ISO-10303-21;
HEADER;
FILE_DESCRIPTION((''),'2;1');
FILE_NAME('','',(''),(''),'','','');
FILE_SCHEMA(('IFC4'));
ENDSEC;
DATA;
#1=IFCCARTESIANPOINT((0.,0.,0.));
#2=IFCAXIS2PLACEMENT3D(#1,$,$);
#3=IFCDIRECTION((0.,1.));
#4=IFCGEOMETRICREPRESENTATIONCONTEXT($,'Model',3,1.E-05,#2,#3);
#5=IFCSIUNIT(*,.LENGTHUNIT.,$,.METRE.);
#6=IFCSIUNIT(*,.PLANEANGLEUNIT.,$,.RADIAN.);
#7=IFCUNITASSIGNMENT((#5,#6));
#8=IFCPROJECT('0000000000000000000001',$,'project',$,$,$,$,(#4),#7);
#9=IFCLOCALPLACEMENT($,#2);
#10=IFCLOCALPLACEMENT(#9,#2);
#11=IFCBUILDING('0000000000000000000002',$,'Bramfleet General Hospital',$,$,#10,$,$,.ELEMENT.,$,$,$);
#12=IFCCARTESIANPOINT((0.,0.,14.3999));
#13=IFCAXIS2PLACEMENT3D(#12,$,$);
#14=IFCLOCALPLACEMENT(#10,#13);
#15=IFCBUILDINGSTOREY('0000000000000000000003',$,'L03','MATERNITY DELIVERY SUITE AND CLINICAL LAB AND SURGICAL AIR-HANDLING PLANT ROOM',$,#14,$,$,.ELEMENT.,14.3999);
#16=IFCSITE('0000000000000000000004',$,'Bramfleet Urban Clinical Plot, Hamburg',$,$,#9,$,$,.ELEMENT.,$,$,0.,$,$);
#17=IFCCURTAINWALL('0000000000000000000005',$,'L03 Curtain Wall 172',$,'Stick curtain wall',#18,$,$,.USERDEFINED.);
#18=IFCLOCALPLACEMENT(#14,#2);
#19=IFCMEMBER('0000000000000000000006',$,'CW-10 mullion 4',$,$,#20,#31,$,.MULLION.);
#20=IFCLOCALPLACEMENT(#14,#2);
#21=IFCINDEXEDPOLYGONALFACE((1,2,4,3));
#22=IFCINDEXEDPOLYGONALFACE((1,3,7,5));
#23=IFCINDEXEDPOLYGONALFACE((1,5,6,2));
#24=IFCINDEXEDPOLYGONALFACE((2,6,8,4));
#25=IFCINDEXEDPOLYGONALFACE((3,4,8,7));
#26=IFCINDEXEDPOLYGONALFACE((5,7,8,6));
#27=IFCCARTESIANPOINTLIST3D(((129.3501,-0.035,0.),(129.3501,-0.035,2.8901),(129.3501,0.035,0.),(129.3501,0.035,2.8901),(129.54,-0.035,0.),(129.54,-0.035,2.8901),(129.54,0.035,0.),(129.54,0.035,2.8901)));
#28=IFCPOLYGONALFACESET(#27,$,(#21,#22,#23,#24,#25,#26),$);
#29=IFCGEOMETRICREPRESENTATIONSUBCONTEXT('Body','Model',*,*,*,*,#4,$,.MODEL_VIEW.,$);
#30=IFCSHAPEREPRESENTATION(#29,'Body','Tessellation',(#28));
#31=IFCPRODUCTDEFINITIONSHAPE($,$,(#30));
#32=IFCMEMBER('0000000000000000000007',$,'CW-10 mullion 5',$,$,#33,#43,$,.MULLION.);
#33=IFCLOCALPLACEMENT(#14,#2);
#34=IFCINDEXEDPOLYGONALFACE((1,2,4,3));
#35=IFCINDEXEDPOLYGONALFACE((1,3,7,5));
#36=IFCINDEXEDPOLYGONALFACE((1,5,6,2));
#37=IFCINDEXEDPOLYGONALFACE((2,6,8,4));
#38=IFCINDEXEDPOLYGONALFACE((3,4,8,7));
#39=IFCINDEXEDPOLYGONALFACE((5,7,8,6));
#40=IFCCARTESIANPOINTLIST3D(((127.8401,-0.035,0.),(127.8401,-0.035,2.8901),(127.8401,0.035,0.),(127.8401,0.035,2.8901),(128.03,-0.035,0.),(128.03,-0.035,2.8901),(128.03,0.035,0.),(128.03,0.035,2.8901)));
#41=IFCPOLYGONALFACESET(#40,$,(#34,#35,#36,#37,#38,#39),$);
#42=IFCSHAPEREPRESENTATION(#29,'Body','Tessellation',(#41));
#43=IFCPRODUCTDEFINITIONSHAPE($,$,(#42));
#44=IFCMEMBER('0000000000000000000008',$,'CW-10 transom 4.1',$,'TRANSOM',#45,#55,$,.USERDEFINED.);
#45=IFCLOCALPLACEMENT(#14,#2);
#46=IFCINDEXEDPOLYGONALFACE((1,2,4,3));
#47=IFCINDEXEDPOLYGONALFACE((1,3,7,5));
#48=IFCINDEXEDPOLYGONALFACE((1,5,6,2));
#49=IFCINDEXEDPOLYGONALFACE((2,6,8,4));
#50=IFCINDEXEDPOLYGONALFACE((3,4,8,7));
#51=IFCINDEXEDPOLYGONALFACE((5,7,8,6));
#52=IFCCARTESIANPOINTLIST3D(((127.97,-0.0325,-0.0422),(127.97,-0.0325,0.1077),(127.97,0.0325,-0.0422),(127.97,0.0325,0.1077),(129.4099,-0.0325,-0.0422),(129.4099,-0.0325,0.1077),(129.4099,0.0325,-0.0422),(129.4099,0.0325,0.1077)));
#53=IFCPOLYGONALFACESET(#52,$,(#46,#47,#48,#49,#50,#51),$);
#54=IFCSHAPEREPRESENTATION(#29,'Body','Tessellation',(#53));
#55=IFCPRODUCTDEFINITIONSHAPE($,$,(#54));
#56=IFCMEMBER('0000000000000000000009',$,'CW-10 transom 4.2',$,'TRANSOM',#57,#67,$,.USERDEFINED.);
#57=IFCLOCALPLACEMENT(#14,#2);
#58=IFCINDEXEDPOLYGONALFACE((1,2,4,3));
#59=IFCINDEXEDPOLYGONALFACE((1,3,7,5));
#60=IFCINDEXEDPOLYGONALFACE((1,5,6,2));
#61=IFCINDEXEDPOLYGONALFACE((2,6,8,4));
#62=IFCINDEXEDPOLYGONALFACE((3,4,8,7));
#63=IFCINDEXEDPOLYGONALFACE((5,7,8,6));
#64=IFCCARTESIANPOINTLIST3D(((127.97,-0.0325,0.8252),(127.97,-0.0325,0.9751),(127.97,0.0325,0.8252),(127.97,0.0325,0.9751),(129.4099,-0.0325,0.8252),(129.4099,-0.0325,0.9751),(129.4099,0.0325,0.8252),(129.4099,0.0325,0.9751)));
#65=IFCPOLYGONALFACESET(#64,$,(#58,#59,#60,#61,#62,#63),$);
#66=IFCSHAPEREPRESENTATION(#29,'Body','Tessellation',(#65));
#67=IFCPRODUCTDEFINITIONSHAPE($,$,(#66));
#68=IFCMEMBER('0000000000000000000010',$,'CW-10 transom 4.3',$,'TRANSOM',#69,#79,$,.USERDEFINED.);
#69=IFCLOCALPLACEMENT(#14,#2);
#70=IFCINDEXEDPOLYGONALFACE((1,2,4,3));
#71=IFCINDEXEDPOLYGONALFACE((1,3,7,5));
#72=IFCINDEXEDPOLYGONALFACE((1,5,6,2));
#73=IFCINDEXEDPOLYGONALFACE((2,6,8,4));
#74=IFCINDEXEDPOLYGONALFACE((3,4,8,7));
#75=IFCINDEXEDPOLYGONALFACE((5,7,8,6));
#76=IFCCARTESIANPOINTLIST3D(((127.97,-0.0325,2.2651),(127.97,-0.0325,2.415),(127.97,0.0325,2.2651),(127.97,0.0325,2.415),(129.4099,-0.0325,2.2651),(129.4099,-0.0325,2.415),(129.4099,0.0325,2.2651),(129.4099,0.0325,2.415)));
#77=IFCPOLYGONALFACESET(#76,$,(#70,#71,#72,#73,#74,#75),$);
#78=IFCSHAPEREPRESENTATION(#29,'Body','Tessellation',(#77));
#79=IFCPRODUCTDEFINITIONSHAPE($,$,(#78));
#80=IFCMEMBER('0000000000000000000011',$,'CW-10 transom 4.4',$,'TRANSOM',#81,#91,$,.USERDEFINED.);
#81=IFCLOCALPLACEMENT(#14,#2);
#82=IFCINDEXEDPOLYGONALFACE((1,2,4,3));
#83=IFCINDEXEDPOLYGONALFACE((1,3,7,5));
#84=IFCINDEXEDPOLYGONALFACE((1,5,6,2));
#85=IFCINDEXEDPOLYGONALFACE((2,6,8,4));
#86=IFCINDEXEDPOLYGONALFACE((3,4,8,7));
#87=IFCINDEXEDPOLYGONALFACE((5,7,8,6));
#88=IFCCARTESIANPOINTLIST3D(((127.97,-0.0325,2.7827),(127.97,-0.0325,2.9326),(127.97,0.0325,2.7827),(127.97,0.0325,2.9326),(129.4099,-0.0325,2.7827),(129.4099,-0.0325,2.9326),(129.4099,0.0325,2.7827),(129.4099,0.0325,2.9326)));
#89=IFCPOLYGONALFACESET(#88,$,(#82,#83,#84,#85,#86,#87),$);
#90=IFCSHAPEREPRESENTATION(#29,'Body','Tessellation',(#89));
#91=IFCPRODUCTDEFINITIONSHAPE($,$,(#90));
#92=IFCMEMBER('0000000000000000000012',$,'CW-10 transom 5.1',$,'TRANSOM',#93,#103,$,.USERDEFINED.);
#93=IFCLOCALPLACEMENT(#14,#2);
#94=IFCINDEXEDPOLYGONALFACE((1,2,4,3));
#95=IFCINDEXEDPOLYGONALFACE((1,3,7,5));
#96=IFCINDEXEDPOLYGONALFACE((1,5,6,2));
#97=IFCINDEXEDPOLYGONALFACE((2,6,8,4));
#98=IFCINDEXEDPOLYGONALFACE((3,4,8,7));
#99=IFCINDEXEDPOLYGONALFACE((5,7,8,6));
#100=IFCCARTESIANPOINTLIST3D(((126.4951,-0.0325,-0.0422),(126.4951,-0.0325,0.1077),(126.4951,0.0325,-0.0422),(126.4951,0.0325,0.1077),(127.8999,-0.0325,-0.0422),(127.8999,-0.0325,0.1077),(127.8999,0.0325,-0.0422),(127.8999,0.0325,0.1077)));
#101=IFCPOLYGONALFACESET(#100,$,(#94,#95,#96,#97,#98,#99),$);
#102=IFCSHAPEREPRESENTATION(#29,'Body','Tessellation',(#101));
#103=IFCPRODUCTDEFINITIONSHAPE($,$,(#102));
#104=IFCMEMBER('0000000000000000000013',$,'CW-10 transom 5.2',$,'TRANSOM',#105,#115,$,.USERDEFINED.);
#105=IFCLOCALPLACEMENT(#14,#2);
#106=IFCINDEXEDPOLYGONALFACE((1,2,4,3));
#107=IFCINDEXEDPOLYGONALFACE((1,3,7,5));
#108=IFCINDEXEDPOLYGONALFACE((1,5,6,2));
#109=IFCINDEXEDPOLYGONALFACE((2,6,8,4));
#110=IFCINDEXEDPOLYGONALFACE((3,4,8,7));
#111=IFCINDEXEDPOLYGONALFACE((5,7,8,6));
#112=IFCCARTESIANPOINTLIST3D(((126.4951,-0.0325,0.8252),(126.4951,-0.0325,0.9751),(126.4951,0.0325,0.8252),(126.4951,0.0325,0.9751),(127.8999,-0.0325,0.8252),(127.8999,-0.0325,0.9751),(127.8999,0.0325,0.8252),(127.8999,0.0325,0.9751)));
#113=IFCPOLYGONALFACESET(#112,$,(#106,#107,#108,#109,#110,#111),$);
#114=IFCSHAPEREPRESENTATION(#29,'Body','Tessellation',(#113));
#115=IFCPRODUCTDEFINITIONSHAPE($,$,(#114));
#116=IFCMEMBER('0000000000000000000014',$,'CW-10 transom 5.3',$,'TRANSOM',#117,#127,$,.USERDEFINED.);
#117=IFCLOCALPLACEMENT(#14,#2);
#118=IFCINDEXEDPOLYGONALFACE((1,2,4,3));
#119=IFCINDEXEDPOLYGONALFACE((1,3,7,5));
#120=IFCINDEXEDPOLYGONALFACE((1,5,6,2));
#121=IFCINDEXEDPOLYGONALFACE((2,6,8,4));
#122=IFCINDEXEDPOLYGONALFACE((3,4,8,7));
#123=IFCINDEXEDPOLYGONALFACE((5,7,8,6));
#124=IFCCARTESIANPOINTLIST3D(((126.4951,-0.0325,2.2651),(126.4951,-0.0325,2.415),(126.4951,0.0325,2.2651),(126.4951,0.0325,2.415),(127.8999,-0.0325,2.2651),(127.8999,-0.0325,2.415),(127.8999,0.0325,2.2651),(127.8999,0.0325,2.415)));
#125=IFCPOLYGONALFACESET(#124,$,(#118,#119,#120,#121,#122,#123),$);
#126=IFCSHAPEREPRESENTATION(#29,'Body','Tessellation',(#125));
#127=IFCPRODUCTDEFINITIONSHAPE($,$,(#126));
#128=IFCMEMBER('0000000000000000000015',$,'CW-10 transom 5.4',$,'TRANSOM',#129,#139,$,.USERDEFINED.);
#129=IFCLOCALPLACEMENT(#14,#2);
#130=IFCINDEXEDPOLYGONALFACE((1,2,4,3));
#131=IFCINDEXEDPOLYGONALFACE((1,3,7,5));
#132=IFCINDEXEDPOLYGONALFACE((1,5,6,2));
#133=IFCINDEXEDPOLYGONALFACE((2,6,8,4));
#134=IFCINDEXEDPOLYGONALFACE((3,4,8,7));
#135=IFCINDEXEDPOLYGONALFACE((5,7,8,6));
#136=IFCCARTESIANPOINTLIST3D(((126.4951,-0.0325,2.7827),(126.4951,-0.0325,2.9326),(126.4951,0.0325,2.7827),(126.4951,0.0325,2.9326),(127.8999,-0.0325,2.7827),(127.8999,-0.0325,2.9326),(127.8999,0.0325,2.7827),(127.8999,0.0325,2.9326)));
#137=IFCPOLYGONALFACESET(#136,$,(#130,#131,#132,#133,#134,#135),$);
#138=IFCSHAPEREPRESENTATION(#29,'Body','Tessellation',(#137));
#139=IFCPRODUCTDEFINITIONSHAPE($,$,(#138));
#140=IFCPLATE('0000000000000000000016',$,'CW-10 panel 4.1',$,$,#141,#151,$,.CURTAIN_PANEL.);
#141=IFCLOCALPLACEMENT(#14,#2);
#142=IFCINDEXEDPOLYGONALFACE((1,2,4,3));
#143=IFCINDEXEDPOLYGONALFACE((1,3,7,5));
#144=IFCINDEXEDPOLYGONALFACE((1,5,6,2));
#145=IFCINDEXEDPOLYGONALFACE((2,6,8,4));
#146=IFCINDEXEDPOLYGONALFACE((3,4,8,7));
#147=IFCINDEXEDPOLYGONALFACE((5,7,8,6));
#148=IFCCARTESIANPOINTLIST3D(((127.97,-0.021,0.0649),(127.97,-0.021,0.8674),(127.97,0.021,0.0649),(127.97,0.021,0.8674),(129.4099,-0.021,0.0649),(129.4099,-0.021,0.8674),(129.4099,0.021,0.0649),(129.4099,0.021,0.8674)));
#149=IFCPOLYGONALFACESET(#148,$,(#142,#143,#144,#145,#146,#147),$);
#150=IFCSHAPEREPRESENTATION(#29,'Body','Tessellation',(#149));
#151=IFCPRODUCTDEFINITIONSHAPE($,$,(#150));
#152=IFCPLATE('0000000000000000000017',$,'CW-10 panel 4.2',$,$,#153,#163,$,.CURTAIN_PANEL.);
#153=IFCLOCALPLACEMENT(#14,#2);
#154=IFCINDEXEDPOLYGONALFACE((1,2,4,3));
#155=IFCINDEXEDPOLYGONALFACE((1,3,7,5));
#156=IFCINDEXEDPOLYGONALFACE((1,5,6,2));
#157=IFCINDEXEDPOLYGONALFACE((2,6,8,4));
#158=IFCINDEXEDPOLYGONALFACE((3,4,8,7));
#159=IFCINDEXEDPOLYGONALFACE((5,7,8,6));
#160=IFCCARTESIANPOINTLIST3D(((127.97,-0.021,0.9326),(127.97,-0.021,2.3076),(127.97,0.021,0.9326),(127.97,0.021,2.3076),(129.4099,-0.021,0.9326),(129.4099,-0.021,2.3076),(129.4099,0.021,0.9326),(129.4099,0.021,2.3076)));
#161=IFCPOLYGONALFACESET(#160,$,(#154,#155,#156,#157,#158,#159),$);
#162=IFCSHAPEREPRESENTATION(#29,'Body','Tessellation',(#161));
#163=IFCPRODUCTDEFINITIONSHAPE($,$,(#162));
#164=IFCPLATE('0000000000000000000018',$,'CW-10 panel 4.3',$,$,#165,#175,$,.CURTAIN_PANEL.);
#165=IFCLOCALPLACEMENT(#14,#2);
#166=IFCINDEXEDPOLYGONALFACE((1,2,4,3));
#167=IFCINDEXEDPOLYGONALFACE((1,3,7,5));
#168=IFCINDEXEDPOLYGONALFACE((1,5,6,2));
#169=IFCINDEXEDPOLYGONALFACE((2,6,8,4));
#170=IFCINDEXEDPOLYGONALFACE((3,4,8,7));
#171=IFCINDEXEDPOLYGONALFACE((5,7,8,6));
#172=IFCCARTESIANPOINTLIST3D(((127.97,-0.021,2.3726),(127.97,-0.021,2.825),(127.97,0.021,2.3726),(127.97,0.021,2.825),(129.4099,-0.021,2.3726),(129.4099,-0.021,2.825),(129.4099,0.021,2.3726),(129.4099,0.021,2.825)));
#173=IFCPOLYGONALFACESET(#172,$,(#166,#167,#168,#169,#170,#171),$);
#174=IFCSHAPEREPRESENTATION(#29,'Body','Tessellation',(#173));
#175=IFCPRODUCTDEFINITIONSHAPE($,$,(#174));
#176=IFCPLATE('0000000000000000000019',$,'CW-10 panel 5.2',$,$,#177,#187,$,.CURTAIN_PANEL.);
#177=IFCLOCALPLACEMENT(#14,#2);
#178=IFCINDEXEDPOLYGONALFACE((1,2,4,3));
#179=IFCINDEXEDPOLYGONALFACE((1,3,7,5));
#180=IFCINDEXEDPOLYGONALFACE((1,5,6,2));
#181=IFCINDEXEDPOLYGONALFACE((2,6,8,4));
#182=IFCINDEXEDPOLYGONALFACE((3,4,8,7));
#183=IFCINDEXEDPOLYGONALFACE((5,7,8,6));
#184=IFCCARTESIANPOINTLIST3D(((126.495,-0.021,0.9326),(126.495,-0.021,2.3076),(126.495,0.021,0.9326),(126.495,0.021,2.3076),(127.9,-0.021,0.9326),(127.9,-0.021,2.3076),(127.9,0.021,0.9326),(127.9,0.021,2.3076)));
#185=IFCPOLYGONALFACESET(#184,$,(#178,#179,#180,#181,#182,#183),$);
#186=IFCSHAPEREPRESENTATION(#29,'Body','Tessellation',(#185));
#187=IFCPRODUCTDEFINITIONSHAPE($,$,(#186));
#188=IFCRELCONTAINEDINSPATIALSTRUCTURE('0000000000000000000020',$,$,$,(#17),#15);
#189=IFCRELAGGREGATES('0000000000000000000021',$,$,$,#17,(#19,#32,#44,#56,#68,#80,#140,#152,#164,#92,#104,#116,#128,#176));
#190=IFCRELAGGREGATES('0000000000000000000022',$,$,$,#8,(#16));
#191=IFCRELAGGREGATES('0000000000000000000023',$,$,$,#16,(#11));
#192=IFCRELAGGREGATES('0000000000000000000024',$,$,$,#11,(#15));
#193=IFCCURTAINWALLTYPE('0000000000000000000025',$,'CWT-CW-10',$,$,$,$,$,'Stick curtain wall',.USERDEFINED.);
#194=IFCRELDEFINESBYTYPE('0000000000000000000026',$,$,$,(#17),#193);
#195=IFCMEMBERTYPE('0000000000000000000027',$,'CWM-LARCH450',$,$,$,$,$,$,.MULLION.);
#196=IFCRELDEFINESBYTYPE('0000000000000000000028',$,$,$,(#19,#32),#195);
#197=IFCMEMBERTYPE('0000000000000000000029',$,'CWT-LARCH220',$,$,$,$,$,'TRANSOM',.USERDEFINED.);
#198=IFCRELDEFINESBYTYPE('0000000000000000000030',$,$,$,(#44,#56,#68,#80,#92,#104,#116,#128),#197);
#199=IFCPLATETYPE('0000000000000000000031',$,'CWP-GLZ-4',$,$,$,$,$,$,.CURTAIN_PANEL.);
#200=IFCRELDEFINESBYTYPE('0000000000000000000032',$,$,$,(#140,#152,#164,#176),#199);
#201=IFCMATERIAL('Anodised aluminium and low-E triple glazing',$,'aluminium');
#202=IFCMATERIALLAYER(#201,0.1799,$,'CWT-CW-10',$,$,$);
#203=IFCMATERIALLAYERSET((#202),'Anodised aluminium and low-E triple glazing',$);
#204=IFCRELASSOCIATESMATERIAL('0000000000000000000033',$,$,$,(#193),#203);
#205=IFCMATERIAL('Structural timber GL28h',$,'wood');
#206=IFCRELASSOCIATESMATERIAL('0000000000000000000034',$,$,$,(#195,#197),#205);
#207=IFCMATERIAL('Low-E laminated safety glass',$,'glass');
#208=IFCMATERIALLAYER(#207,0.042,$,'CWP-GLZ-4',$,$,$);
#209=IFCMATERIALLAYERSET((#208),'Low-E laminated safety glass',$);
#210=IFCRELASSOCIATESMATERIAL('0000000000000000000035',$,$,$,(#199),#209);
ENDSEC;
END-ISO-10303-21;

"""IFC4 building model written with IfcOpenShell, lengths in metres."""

from ifc_helpers import new_model, si_unit, direction, frame, origin, origin_2d, place, context, subcontext, project, spatial, rectangle, extrude, material, layer, layer_set, material_profile, profile_set, type_object, element, aggregate, save


model = new_model("IFC4")

# Units and contexts
model_context = context("Model", 3, precision=1e-05, world=origin(), true_north=direction((0.0, 1.0)))
body_context = subcontext(model_context, "Body", "Model", "MODEL_VIEW")
ifc_project = project(units=[si_unit("LENGTHUNIT", "METRE"), si_unit("PLANEANGLEUNIT", "RADIAN")], contexts=[model_context])

# Site, building, storey
site_placement = place(None, origin())
site = spatial("IfcSite", under=ifc_project, at=site_placement, Name="Bramfleet Urban Clinical Plot, Hamburg", CompositionType="ELEMENT", RefElevation=0.0)
building_placement = place(site_placement, origin())
building = spatial("IfcBuilding", under=site, at=building_placement, Name="Bramfleet General Hospital", CompositionType="ELEMENT")
storey_placement = place(building_placement, frame((0.0, 0.0, 14.3999)))
storey = spatial("IfcBuildingStorey", under=building, at=storey_placement, Name="L03", Description="MATERNITY DELIVERY SUITE AND CLINICAL LAB AND SURGICAL AIR-HANDLING PLANT ROOM", CompositionType="ELEMENT", Elevation=14.3999)

# Curtain wall, members, plates
ifc_material_1 = material(Name="Anodised aluminium and low-E triple glazing", Category="aluminium")
ifc_layer_1 = layer(ifc_material_1, 0.1799, Name="CWT-CW-10")
ifc_layer_set_1 = layer_set([ifc_layer_1], Name="Anodised aluminium and low-E triple glazing")
curtain_wall_type = type_object("IfcCurtainWallType", Name="CWT-CW-10", ElementType="Stick curtain wall", PredefinedType="USERDEFINED", material=ifc_layer_set_1)
curtain_wall_placement = place(storey_placement, origin())
curtain_wall = element("IfcCurtainWall", 1, at=curtain_wall_placement, inside=storey, type_object=curtain_wall_type, Name="L03 Curtain Wall 172", ObjectType="Stick curtain wall", PredefinedType="USERDEFINED")
ifc_material_2 = material(Name="Structural timber GL28h", Category="wood")
ifc_material_profile_1 = material_profile(ifc_material_2, rectangle(XDim=0.0701, YDim=0.1899, at=origin_2d()), Name="LARCH 190x70")
ifc_profile_set_1 = profile_set([ifc_material_profile_1], Name="Structural timber GL28h")
member_type_1 = type_object("IfcMemberType", Name="CWM-LARCH450", PredefinedType="MULLION", material=ifc_profile_set_1)
member_1_placement = place(storey_placement, frame((129.4451, 0.0, 0.0), z_axis=(0.0, 0.0, 1.0), x_axis=(0.0, -1.0, 0.0)))
member_1 = element("IfcMember", 2, at=member_1_placement, type_object=member_type_1, Name="CW-10 mullion 4", PredefinedType="MULLION", context=body_context, shape_type="SweptSolid", body=[
    extrude(rectangle(XDim=0.0701, YDim=0.1899, at=origin_2d()), origin(), (0.0, 0.0, 1.0), 2.8901),
])
member_2_placement = place(storey_placement, frame((127.9351, 0.0, 0.0), z_axis=(0.0, 0.0, 1.0), x_axis=(0.0, -1.0, 0.0)))
member_2 = element("IfcMember", 3, at=member_2_placement, type_object=member_type_1, Name="CW-10 mullion 5", PredefinedType="MULLION", context=body_context, shape_type="SweptSolid", body=[
    extrude(rectangle(XDim=0.0701, YDim=0.1899, at=origin_2d()), origin(), (0.0, 0.0, 1.0), 2.8901),
])
ifc_material_profile_2 = material_profile(ifc_material_2, rectangle(XDim=0.0649, YDim=0.1499, at=origin_2d()), Name="LARCH 150x65")
ifc_profile_set_2 = profile_set([ifc_material_profile_2], Name="Structural timber GL28h")
member_type_2 = type_object("IfcMemberType", Name="CWT-LARCH220", ElementType="TRANSOM", PredefinedType="USERDEFINED", material=ifc_profile_set_2)
member_3_placement = place(storey_placement, frame((129.4099, 0.0, 0.0327), z_axis=(-1.0, 0.0, 0.0), x_axis=(0.0, -1.0, 0.0)))
member_3 = element("IfcMember", 4, at=member_3_placement, type_object=member_type_2, Name="CW-10 transom 4.1", ObjectType="TRANSOM", PredefinedType="USERDEFINED", context=body_context, shape_type="SweptSolid", body=[
    extrude(rectangle(XDim=0.0649, YDim=0.1499, at=origin_2d()), origin(), (0.0, 0.0, 1.0), 1.4399),
])
member_4_placement = place(storey_placement, frame((129.4099, 0.0, 0.9001), z_axis=(-1.0, 0.0, 0.0), x_axis=(0.0, -1.0, 0.0)))
member_4 = element("IfcMember", 5, at=member_4_placement, type_object=member_type_2, Name="CW-10 transom 4.2", ObjectType="TRANSOM", PredefinedType="USERDEFINED", context=body_context, shape_type="SweptSolid", body=[
    extrude(rectangle(XDim=0.0649, YDim=0.1499, at=origin_2d()), origin(), (0.0, 0.0, 1.0), 1.4399),
])
member_5_placement = place(storey_placement, frame((129.4099, 0.0, 2.3401), z_axis=(-1.0, 0.0, 0.0), x_axis=(0.0, -1.0, 0.0)))
member_5 = element("IfcMember", 6, at=member_5_placement, type_object=member_type_2, Name="CW-10 transom 4.3", ObjectType="TRANSOM", PredefinedType="USERDEFINED", context=body_context, shape_type="SweptSolid", body=[
    extrude(rectangle(XDim=0.0649, YDim=0.1499, at=origin_2d()), origin(), (0.0, 0.0, 1.0), 1.4399),
])
member_6_placement = place(storey_placement, frame((129.4099, 0.0, 2.8577), z_axis=(-1.0, 0.0, 0.0), x_axis=(0.0, -1.0, 0.0)))
member_6 = element("IfcMember", 7, at=member_6_placement, type_object=member_type_2, Name="CW-10 transom 4.4", ObjectType="TRANSOM", PredefinedType="USERDEFINED", context=body_context, shape_type="SweptSolid", body=[
    extrude(rectangle(XDim=0.0649, YDim=0.1499, at=origin_2d()), origin(), (0.0, 0.0, 1.0), 1.4399),
])
member_7_placement = place(storey_placement, frame((127.8999, 0.0, 0.0327), z_axis=(-1.0, 0.0, 0.0), x_axis=(0.0, -1.0, 0.0)))
member_7 = element("IfcMember", 8, at=member_7_placement, type_object=member_type_2, Name="CW-10 transom 5.1", ObjectType="TRANSOM", PredefinedType="USERDEFINED", context=body_context, shape_type="SweptSolid", body=[
    extrude(rectangle(XDim=0.0649, YDim=0.1499, at=origin_2d()), origin(), (0.0, 0.0, 1.0), 1.4048),
])
member_8_placement = place(storey_placement, frame((127.8999, 0.0, 0.9001), z_axis=(-1.0, 0.0, 0.0), x_axis=(0.0, -1.0, 0.0)))
member_8 = element("IfcMember", 9, at=member_8_placement, type_object=member_type_2, Name="CW-10 transom 5.2", ObjectType="TRANSOM", PredefinedType="USERDEFINED", context=body_context, shape_type="SweptSolid", body=[
    extrude(rectangle(XDim=0.0649, YDim=0.1499, at=origin_2d()), origin(), (0.0, 0.0, 1.0), 1.4048),
])
member_9_placement = place(storey_placement, frame((127.8999, 0.0, 2.3401), z_axis=(-1.0, 0.0, 0.0), x_axis=(0.0, -1.0, 0.0)))
member_9 = element("IfcMember", 10, at=member_9_placement, type_object=member_type_2, Name="CW-10 transom 5.3", ObjectType="TRANSOM", PredefinedType="USERDEFINED", context=body_context, shape_type="SweptSolid", body=[
    extrude(rectangle(XDim=0.0649, YDim=0.1499, at=origin_2d()), origin(), (0.0, 0.0, 1.0), 1.4048),
])
member_10_placement = place(storey_placement, frame((127.8999, 0.0, 2.8577), z_axis=(-1.0, 0.0, 0.0), x_axis=(0.0, -1.0, 0.0)))
member_10 = element("IfcMember", 11, at=member_10_placement, type_object=member_type_2, Name="CW-10 transom 5.4", ObjectType="TRANSOM", PredefinedType="USERDEFINED", context=body_context, shape_type="SweptSolid", body=[
    extrude(rectangle(XDim=0.0649, YDim=0.1499, at=origin_2d()), origin(), (0.0, 0.0, 1.0), 1.4048),
])
ifc_material_3 = material(Name="Low-E laminated safety glass", Category="glass")
ifc_layer_2 = layer(ifc_material_3, 0.042, Name="CWP-GLZ-4")
ifc_layer_set_2 = layer_set([ifc_layer_2], Name="Low-E laminated safety glass")
plate_type = type_object("IfcPlateType", Name="CWP-GLZ-4", PredefinedType="CURTAIN_PANEL", material=ifc_layer_set_2)
plate_1_placement = place(storey_placement, frame((128.6899, 0.0, 0.0649), z_axis=(0.0, 0.0, 1.0), x_axis=(-1.0, 0.0, 0.0)))
plate_1 = element("IfcPlate", 12, at=plate_1_placement, type_object=plate_type, Name="CW-10 panel 4.1", PredefinedType="CURTAIN_PANEL", context=body_context, shape_type="SweptSolid", body=[
    extrude(rectangle(XDim=1.4399, YDim=0.042, at=origin_2d()), origin(), (0.0, 0.0, 1.0), 0.8025),
])
plate_2_placement = place(storey_placement, frame((128.6899, 0.0, 0.9326), z_axis=(0.0, 0.0, 1.0), x_axis=(-1.0, 0.0, 0.0)))
plate_2 = element("IfcPlate", 13, at=plate_2_placement, type_object=plate_type, Name="CW-10 panel 4.2", PredefinedType="CURTAIN_PANEL", context=body_context, shape_type="SweptSolid", body=[
    extrude(rectangle(XDim=1.4399, YDim=0.042, at=origin_2d()), origin(), (0.0, 0.0, 1.0), 1.375),
])
plate_3_placement = place(storey_placement, frame((128.6899, 0.0, 2.3726), z_axis=(0.0, 0.0, 1.0), x_axis=(-1.0, 0.0, 0.0)))
plate_3 = element("IfcPlate", 14, at=plate_3_placement, type_object=plate_type, Name="CW-10 panel 4.3", PredefinedType="CURTAIN_PANEL", context=body_context, shape_type="SweptSolid", body=[
    extrude(rectangle(XDim=1.4399, YDim=0.042, at=origin_2d()), origin(), (0.0, 0.0, 1.0), 0.4524),
])
plate_4_placement = place(storey_placement, frame((127.1975, 0.0, 0.9326), z_axis=(0.0, 0.0, 1.0), x_axis=(-1.0, 0.0, 0.0)))
plate_4 = element("IfcPlate", 15, at=plate_4_placement, type_object=plate_type, Name="CW-10 panel 5.2", PredefinedType="CURTAIN_PANEL", context=body_context, shape_type="SweptSolid", body=[
    extrude(rectangle(XDim=1.405, YDim=0.042, at=origin_2d()), origin(), (0.0, 0.0, 1.0), 1.375),
])
aggregate(curtain_wall, [member_1, member_2, member_3, member_4, member_5, member_6, plate_1, plate_2, plate_3, member_7, member_8, member_9, member_10, plate_4])

save(model, "model.ifc")
